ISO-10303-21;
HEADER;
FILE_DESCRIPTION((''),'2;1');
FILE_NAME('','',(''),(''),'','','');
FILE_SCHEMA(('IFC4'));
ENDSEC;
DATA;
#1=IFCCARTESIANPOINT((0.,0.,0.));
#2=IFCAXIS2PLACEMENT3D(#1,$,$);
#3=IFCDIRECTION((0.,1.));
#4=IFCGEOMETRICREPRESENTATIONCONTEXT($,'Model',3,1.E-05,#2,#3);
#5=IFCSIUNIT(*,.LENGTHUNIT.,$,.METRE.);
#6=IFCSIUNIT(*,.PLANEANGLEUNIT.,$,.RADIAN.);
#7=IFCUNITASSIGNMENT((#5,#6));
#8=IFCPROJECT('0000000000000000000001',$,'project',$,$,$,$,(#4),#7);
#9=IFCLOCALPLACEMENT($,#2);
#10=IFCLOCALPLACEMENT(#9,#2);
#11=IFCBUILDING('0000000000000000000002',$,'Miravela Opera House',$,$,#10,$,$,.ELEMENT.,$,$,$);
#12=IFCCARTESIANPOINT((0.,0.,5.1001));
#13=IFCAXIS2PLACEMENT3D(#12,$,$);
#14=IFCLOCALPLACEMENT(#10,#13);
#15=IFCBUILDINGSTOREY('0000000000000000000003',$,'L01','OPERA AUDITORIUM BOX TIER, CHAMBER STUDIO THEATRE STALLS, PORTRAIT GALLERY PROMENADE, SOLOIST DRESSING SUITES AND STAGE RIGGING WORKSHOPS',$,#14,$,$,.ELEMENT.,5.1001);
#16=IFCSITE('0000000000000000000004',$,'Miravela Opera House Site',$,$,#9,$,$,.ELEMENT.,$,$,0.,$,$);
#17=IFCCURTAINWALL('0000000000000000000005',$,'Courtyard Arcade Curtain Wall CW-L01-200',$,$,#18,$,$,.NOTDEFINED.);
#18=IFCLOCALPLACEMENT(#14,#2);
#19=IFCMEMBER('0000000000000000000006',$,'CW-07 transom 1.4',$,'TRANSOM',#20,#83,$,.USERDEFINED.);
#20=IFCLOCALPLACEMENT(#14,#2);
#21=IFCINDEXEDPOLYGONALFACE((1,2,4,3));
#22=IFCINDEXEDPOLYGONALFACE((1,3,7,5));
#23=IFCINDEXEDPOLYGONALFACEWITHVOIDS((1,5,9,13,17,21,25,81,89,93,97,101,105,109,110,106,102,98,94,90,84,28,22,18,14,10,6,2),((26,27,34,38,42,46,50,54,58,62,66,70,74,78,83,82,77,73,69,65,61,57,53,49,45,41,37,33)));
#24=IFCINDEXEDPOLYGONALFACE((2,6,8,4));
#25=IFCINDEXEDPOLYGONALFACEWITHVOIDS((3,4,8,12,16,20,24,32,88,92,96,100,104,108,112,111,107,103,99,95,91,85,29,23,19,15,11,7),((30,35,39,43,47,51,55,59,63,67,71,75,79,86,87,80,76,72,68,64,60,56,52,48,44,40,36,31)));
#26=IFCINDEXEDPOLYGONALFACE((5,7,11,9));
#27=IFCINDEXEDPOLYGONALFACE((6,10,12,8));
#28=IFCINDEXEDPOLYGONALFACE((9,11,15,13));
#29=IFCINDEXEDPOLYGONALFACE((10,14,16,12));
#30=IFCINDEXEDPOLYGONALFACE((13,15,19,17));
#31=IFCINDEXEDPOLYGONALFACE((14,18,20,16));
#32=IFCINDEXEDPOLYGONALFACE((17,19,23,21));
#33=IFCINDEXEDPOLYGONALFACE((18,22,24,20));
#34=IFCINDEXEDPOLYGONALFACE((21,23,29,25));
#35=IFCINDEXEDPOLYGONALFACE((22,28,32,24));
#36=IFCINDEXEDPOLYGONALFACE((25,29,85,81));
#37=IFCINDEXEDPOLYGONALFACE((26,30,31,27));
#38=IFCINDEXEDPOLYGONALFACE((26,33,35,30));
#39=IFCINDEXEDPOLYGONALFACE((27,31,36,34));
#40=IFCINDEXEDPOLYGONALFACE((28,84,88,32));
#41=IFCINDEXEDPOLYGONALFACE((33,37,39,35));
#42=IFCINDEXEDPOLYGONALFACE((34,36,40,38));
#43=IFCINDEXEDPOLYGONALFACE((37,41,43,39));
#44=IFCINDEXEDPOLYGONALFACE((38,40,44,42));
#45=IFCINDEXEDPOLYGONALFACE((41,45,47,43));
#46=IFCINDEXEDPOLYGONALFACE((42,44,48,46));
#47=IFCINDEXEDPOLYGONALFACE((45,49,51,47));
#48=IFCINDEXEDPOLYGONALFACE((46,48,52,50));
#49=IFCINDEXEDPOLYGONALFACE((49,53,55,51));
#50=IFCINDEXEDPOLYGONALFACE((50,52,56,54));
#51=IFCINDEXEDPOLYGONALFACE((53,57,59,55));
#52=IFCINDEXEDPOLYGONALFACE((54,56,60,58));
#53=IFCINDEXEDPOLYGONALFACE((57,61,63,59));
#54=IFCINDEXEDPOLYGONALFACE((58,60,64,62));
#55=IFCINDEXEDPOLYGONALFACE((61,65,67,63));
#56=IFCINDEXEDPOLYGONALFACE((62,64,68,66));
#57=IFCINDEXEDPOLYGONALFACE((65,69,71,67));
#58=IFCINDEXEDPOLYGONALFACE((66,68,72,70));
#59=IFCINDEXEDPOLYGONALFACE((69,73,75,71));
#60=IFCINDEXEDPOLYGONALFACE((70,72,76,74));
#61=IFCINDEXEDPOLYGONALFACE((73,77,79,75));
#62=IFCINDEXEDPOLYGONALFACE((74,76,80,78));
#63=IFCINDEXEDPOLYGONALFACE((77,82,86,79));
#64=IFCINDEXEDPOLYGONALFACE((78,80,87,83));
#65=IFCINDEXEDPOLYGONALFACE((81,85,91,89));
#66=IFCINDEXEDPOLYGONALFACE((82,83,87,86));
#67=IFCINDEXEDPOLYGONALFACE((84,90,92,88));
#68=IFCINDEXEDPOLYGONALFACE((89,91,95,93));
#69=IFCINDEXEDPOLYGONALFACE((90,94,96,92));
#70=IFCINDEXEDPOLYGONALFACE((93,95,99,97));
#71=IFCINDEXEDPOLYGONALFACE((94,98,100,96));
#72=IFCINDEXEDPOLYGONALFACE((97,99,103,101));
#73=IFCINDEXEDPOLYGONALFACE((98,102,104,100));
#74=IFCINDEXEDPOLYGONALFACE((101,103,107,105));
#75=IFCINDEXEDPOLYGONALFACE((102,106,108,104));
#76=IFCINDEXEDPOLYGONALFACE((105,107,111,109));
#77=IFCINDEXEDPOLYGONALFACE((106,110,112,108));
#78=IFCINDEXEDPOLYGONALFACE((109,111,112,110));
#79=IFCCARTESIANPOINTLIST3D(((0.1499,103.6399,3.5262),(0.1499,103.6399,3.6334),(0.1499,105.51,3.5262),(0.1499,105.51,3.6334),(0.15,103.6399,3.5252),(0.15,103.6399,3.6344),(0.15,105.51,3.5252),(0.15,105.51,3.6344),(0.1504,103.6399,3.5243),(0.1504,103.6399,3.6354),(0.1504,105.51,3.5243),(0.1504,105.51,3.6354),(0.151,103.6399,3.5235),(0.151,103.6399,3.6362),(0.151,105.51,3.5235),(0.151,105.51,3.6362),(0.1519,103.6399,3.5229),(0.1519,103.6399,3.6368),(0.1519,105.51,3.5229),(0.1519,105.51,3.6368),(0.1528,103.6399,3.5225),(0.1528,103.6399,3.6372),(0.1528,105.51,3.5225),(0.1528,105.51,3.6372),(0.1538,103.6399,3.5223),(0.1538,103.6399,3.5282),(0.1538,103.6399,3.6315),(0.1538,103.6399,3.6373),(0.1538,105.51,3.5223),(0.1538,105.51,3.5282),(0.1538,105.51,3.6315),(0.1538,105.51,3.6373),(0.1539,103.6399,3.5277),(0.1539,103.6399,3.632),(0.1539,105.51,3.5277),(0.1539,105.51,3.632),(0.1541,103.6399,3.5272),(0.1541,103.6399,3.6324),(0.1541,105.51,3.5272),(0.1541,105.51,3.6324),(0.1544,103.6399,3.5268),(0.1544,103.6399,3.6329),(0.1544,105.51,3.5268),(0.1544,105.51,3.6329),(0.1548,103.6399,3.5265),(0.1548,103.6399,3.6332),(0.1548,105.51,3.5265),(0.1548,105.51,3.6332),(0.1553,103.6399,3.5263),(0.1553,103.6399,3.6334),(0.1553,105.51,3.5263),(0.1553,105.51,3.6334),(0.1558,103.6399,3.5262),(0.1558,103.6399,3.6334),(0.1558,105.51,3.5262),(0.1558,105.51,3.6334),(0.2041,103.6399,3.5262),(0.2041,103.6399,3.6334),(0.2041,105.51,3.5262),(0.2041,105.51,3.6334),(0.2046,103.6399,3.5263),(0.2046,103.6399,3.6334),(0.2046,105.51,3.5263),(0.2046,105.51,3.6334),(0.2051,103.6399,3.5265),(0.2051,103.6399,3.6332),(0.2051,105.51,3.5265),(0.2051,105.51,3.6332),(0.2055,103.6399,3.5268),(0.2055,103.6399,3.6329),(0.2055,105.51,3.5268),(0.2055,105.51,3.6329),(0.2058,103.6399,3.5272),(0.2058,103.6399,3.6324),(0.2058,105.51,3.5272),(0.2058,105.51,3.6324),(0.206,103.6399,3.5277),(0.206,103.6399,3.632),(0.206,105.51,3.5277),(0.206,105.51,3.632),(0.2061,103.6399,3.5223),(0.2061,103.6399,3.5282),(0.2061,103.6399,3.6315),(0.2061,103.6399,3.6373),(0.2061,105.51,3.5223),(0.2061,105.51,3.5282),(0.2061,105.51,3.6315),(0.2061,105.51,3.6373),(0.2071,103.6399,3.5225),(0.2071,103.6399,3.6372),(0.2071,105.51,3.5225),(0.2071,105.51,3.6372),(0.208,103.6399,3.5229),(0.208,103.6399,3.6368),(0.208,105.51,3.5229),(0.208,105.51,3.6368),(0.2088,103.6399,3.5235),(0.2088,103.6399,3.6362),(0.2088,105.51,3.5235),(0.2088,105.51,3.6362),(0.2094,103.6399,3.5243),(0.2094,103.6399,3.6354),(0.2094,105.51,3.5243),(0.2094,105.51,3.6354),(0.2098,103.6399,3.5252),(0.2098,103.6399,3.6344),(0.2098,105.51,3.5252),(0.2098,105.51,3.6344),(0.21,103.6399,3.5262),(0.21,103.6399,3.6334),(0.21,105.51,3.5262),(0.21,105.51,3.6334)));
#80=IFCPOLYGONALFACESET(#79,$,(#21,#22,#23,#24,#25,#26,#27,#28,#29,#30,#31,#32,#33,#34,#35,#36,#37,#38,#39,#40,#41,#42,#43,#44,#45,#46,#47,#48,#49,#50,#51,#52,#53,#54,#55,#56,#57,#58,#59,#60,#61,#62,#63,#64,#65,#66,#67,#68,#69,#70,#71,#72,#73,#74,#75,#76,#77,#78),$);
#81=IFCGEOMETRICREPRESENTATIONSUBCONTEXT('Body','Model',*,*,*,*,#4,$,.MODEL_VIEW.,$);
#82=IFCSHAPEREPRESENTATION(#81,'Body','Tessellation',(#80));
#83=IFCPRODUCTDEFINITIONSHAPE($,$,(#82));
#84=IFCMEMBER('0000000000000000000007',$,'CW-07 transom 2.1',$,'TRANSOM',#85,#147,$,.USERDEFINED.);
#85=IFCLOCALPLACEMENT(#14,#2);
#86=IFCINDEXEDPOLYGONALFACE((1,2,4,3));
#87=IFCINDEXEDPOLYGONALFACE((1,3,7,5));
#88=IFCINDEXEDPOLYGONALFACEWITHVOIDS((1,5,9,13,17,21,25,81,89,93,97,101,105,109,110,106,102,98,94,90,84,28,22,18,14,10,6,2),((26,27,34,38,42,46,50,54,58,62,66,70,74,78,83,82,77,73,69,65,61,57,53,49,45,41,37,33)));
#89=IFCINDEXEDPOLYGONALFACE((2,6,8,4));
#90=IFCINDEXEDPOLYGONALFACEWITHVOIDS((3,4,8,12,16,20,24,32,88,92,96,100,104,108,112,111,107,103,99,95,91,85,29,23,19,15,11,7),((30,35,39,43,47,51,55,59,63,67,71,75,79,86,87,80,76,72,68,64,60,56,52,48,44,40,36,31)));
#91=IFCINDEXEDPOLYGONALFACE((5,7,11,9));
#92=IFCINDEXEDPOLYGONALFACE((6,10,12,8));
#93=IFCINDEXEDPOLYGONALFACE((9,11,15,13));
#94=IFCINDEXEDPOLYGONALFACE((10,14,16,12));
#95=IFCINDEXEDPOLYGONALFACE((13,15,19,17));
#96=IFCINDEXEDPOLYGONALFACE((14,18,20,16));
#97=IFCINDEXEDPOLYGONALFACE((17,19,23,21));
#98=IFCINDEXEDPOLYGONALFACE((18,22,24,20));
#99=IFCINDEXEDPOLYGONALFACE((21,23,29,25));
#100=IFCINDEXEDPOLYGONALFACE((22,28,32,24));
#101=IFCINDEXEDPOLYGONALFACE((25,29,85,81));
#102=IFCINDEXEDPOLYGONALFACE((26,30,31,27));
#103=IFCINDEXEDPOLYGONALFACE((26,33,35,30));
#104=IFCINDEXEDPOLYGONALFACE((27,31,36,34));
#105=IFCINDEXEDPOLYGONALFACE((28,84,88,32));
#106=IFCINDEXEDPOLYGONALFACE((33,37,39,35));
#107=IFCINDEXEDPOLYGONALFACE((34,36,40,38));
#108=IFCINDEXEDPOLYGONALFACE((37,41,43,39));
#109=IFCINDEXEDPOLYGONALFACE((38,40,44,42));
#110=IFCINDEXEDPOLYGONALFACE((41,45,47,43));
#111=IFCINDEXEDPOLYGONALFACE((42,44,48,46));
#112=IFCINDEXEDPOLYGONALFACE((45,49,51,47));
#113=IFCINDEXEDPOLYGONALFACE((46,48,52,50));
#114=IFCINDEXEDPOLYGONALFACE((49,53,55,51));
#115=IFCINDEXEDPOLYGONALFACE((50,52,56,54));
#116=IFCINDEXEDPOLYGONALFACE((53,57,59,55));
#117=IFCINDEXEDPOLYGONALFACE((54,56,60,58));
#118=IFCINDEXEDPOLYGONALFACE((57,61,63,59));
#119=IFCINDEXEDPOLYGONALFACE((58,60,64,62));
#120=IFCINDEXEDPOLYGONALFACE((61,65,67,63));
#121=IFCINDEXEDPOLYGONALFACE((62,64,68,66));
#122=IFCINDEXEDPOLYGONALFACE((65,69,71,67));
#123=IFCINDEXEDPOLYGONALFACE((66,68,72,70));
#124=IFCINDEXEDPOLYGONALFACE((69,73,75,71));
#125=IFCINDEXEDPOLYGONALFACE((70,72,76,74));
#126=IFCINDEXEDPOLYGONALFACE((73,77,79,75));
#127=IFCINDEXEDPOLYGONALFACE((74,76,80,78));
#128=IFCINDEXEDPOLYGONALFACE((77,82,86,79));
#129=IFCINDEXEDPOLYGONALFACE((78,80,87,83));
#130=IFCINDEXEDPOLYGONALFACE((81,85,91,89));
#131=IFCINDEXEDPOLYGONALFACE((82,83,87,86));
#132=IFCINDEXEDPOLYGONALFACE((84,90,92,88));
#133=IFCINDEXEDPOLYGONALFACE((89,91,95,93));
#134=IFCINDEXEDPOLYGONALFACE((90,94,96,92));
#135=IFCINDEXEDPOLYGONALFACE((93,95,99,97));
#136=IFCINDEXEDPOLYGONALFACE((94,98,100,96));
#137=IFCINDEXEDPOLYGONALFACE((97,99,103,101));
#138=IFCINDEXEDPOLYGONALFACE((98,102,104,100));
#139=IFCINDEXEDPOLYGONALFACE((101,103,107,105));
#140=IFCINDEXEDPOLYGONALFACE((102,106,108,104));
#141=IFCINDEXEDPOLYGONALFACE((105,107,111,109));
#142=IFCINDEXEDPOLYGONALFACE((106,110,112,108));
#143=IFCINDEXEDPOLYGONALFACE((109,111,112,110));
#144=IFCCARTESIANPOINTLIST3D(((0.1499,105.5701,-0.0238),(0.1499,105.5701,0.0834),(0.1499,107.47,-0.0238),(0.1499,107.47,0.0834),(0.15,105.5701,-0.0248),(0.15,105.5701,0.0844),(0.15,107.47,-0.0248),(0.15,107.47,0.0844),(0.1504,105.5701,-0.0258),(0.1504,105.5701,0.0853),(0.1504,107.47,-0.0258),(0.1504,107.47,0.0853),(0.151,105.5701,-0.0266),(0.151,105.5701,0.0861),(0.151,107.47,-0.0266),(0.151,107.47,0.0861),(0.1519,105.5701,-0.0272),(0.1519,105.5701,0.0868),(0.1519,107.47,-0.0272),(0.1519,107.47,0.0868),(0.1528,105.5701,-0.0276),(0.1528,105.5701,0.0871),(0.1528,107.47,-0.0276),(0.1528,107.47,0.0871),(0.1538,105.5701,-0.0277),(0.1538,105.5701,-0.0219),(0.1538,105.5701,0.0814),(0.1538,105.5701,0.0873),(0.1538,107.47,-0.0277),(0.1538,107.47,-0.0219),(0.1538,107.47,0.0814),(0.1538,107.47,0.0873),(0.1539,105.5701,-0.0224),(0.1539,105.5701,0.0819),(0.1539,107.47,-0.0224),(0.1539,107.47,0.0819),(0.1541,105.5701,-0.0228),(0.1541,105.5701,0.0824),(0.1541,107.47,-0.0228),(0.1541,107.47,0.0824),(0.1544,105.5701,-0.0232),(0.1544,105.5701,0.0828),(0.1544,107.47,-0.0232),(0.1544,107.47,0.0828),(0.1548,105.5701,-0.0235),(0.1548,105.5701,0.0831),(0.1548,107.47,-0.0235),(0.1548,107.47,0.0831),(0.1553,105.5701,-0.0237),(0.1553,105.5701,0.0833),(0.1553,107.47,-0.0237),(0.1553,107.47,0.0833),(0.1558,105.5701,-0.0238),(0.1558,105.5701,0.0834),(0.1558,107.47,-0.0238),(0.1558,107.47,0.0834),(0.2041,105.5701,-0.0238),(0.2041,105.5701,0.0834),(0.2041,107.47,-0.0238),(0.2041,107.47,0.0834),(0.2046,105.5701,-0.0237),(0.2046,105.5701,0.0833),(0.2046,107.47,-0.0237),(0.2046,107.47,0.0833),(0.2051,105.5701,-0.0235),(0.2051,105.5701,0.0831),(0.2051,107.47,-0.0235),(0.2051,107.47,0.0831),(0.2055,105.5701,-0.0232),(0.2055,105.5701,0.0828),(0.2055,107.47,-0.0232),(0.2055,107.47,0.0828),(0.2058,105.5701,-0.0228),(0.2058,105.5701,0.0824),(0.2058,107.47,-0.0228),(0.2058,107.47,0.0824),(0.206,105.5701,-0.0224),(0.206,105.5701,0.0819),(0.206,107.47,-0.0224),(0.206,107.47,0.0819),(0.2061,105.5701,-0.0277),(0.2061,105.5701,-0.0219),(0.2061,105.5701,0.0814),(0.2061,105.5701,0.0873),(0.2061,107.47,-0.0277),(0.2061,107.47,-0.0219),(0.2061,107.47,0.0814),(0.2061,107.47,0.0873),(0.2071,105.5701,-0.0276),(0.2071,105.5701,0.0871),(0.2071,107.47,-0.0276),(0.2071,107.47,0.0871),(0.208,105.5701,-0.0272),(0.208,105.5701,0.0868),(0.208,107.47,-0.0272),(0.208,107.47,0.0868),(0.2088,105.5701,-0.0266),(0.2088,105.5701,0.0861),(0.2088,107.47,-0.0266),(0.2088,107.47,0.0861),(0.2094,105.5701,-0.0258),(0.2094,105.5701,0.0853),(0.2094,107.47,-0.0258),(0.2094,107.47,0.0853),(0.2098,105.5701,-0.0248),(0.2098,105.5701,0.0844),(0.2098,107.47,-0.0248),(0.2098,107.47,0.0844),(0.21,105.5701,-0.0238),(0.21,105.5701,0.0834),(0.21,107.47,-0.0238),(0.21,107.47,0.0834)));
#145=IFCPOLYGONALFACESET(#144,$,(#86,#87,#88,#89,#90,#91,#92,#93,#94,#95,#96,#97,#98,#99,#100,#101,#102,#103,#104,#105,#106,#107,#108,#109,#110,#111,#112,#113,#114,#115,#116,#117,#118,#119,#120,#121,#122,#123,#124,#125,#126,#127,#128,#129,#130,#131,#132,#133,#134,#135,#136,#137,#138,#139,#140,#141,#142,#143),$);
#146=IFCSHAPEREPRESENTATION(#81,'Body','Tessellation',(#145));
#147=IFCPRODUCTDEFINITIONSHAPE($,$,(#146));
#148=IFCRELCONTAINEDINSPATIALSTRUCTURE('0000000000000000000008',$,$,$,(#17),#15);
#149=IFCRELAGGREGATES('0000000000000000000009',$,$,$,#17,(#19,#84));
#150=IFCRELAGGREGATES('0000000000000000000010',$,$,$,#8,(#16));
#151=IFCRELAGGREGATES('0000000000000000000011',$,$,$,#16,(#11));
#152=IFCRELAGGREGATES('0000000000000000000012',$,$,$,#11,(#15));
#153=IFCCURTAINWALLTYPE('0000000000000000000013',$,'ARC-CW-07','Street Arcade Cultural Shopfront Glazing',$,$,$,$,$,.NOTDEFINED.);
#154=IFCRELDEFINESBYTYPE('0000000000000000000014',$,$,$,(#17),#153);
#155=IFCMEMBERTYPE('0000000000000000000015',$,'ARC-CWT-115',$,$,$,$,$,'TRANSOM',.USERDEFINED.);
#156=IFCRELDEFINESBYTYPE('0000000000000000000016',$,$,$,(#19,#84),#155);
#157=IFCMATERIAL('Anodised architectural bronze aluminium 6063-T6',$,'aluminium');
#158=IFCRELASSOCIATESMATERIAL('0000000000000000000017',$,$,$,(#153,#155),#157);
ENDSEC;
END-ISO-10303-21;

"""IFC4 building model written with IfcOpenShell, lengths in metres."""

from ifc_helpers import new_model, si_unit, direction, frame, origin, origin_2d, place, context, subcontext, project, spatial, hollow_rectangle, extrude, material, material_profile, profile_set, type_object, element, aggregate, save


model = new_model("IFC4")

# Units and contexts
model_context = context("Model", 3, precision=1e-05, world=origin(), true_north=direction((0.0, 1.0)))
body_context = subcontext(model_context, "Body", "Model", "MODEL_VIEW")
ifc_project = project(units=[si_unit("LENGTHUNIT", "METRE"), si_unit("PLANEANGLEUNIT", "RADIAN")], contexts=[model_context])

# Site, building, storey
site_placement = place(None, origin())
site = spatial("IfcSite", under=ifc_project, at=site_placement, Name="Miravela Opera House Site", CompositionType="ELEMENT", RefElevation=0.0)
building_placement = place(site_placement, origin())
building = spatial("IfcBuilding", under=site, at=building_placement, Name="Miravela Opera House", CompositionType="ELEMENT")
storey_placement = place(building_placement, frame((0.0, 0.0, 5.1001)))
storey = spatial("IfcBuildingStorey", under=building, at=storey_placement, Name="L01", Description="OPERA AUDITORIUM BOX TIER, CHAMBER STUDIO THEATRE STALLS, PORTRAIT GALLERY PROMENADE, SOLOIST DRESSING SUITES AND STAGE RIGGING WORKSHOPS", CompositionType="ELEMENT", Elevation=5.1001)

# Shared definitions
ifc_material_1 = material(Name="Anodised architectural bronze aluminium 6063-T6", Category="aluminium")
curtain_wall_type = type_object("IfcCurtainWallType", Name="ARC-CW-07", Description="Street Arcade Cultural Shopfront Glazing", PredefinedType="NOTDEFINED", material=ifc_material_1)

# Curtain wall, members
curtain_wall_1_placement = place(storey_placement, origin())
curtain_wall_1 = element("IfcCurtainWall", 1, at=curtain_wall_1_placement, inside=storey, type_object=curtain_wall_type, Name="Courtyard Arcade Curtain Wall CW-L01-200", PredefinedType="NOTDEFINED")
ifc_material_profile_1 = material_profile(ifc_material_1, hollow_rectangle(XDim=0.0601, YDim=0.115, WallThickness=0.0039, InnerFilletRadius=0.002, OuterFilletRadius=0.0039, at=origin_2d()), Name="CWT-60X115")
ifc_profile_set_1 = profile_set([ifc_material_profile_1])
member_type_1 = type_object("IfcMemberType", Name="ARC-CWT-115", ElementType="TRANSOM", PredefinedType="USERDEFINED", material=ifc_profile_set_1)
member_1_placement = place(storey_placement, frame((0.1799, 103.6399, 3.5798), z_axis=(0.0, 1.0, 0.0), x_axis=(-1.0, 0.0, 0.0)))
member_1 = element("IfcMember", 2, at=member_1_placement, type_object=member_type_1, Name="CW-07 transom 1.4", ObjectType="TRANSOM", PredefinedType="USERDEFINED", context=body_context, shape_type="SweptSolid", body=[
    extrude(hollow_rectangle(XDim=0.0601, YDim=0.115, WallThickness=0.0039, InnerFilletRadius=0.002, OuterFilletRadius=0.0039, at=origin_2d()), origin(), (0.0, 0.0, 1.0), 1.8701),
])
member_2_placement = place(storey_placement, frame((0.1799, 105.5701, 0.0298), z_axis=(0.0, 1.0, 0.0), x_axis=(-1.0, 0.0, 0.0)))
member_2 = element("IfcMember", 3, at=member_2_placement, type_object=member_type_1, Name="CW-07 transom 2.1", ObjectType="TRANSOM", PredefinedType="USERDEFINED", context=body_context, shape_type="SweptSolid", body=[
    extrude(hollow_rectangle(XDim=0.0601, YDim=0.115, WallThickness=0.0039, InnerFilletRadius=0.002, OuterFilletRadius=0.0039, at=origin_2d()), origin(), (0.0, 0.0, 1.0), 1.8999),
])

aggregate(curtain_wall_1, [member_1, member_2])

save(model, "model.ifc")
